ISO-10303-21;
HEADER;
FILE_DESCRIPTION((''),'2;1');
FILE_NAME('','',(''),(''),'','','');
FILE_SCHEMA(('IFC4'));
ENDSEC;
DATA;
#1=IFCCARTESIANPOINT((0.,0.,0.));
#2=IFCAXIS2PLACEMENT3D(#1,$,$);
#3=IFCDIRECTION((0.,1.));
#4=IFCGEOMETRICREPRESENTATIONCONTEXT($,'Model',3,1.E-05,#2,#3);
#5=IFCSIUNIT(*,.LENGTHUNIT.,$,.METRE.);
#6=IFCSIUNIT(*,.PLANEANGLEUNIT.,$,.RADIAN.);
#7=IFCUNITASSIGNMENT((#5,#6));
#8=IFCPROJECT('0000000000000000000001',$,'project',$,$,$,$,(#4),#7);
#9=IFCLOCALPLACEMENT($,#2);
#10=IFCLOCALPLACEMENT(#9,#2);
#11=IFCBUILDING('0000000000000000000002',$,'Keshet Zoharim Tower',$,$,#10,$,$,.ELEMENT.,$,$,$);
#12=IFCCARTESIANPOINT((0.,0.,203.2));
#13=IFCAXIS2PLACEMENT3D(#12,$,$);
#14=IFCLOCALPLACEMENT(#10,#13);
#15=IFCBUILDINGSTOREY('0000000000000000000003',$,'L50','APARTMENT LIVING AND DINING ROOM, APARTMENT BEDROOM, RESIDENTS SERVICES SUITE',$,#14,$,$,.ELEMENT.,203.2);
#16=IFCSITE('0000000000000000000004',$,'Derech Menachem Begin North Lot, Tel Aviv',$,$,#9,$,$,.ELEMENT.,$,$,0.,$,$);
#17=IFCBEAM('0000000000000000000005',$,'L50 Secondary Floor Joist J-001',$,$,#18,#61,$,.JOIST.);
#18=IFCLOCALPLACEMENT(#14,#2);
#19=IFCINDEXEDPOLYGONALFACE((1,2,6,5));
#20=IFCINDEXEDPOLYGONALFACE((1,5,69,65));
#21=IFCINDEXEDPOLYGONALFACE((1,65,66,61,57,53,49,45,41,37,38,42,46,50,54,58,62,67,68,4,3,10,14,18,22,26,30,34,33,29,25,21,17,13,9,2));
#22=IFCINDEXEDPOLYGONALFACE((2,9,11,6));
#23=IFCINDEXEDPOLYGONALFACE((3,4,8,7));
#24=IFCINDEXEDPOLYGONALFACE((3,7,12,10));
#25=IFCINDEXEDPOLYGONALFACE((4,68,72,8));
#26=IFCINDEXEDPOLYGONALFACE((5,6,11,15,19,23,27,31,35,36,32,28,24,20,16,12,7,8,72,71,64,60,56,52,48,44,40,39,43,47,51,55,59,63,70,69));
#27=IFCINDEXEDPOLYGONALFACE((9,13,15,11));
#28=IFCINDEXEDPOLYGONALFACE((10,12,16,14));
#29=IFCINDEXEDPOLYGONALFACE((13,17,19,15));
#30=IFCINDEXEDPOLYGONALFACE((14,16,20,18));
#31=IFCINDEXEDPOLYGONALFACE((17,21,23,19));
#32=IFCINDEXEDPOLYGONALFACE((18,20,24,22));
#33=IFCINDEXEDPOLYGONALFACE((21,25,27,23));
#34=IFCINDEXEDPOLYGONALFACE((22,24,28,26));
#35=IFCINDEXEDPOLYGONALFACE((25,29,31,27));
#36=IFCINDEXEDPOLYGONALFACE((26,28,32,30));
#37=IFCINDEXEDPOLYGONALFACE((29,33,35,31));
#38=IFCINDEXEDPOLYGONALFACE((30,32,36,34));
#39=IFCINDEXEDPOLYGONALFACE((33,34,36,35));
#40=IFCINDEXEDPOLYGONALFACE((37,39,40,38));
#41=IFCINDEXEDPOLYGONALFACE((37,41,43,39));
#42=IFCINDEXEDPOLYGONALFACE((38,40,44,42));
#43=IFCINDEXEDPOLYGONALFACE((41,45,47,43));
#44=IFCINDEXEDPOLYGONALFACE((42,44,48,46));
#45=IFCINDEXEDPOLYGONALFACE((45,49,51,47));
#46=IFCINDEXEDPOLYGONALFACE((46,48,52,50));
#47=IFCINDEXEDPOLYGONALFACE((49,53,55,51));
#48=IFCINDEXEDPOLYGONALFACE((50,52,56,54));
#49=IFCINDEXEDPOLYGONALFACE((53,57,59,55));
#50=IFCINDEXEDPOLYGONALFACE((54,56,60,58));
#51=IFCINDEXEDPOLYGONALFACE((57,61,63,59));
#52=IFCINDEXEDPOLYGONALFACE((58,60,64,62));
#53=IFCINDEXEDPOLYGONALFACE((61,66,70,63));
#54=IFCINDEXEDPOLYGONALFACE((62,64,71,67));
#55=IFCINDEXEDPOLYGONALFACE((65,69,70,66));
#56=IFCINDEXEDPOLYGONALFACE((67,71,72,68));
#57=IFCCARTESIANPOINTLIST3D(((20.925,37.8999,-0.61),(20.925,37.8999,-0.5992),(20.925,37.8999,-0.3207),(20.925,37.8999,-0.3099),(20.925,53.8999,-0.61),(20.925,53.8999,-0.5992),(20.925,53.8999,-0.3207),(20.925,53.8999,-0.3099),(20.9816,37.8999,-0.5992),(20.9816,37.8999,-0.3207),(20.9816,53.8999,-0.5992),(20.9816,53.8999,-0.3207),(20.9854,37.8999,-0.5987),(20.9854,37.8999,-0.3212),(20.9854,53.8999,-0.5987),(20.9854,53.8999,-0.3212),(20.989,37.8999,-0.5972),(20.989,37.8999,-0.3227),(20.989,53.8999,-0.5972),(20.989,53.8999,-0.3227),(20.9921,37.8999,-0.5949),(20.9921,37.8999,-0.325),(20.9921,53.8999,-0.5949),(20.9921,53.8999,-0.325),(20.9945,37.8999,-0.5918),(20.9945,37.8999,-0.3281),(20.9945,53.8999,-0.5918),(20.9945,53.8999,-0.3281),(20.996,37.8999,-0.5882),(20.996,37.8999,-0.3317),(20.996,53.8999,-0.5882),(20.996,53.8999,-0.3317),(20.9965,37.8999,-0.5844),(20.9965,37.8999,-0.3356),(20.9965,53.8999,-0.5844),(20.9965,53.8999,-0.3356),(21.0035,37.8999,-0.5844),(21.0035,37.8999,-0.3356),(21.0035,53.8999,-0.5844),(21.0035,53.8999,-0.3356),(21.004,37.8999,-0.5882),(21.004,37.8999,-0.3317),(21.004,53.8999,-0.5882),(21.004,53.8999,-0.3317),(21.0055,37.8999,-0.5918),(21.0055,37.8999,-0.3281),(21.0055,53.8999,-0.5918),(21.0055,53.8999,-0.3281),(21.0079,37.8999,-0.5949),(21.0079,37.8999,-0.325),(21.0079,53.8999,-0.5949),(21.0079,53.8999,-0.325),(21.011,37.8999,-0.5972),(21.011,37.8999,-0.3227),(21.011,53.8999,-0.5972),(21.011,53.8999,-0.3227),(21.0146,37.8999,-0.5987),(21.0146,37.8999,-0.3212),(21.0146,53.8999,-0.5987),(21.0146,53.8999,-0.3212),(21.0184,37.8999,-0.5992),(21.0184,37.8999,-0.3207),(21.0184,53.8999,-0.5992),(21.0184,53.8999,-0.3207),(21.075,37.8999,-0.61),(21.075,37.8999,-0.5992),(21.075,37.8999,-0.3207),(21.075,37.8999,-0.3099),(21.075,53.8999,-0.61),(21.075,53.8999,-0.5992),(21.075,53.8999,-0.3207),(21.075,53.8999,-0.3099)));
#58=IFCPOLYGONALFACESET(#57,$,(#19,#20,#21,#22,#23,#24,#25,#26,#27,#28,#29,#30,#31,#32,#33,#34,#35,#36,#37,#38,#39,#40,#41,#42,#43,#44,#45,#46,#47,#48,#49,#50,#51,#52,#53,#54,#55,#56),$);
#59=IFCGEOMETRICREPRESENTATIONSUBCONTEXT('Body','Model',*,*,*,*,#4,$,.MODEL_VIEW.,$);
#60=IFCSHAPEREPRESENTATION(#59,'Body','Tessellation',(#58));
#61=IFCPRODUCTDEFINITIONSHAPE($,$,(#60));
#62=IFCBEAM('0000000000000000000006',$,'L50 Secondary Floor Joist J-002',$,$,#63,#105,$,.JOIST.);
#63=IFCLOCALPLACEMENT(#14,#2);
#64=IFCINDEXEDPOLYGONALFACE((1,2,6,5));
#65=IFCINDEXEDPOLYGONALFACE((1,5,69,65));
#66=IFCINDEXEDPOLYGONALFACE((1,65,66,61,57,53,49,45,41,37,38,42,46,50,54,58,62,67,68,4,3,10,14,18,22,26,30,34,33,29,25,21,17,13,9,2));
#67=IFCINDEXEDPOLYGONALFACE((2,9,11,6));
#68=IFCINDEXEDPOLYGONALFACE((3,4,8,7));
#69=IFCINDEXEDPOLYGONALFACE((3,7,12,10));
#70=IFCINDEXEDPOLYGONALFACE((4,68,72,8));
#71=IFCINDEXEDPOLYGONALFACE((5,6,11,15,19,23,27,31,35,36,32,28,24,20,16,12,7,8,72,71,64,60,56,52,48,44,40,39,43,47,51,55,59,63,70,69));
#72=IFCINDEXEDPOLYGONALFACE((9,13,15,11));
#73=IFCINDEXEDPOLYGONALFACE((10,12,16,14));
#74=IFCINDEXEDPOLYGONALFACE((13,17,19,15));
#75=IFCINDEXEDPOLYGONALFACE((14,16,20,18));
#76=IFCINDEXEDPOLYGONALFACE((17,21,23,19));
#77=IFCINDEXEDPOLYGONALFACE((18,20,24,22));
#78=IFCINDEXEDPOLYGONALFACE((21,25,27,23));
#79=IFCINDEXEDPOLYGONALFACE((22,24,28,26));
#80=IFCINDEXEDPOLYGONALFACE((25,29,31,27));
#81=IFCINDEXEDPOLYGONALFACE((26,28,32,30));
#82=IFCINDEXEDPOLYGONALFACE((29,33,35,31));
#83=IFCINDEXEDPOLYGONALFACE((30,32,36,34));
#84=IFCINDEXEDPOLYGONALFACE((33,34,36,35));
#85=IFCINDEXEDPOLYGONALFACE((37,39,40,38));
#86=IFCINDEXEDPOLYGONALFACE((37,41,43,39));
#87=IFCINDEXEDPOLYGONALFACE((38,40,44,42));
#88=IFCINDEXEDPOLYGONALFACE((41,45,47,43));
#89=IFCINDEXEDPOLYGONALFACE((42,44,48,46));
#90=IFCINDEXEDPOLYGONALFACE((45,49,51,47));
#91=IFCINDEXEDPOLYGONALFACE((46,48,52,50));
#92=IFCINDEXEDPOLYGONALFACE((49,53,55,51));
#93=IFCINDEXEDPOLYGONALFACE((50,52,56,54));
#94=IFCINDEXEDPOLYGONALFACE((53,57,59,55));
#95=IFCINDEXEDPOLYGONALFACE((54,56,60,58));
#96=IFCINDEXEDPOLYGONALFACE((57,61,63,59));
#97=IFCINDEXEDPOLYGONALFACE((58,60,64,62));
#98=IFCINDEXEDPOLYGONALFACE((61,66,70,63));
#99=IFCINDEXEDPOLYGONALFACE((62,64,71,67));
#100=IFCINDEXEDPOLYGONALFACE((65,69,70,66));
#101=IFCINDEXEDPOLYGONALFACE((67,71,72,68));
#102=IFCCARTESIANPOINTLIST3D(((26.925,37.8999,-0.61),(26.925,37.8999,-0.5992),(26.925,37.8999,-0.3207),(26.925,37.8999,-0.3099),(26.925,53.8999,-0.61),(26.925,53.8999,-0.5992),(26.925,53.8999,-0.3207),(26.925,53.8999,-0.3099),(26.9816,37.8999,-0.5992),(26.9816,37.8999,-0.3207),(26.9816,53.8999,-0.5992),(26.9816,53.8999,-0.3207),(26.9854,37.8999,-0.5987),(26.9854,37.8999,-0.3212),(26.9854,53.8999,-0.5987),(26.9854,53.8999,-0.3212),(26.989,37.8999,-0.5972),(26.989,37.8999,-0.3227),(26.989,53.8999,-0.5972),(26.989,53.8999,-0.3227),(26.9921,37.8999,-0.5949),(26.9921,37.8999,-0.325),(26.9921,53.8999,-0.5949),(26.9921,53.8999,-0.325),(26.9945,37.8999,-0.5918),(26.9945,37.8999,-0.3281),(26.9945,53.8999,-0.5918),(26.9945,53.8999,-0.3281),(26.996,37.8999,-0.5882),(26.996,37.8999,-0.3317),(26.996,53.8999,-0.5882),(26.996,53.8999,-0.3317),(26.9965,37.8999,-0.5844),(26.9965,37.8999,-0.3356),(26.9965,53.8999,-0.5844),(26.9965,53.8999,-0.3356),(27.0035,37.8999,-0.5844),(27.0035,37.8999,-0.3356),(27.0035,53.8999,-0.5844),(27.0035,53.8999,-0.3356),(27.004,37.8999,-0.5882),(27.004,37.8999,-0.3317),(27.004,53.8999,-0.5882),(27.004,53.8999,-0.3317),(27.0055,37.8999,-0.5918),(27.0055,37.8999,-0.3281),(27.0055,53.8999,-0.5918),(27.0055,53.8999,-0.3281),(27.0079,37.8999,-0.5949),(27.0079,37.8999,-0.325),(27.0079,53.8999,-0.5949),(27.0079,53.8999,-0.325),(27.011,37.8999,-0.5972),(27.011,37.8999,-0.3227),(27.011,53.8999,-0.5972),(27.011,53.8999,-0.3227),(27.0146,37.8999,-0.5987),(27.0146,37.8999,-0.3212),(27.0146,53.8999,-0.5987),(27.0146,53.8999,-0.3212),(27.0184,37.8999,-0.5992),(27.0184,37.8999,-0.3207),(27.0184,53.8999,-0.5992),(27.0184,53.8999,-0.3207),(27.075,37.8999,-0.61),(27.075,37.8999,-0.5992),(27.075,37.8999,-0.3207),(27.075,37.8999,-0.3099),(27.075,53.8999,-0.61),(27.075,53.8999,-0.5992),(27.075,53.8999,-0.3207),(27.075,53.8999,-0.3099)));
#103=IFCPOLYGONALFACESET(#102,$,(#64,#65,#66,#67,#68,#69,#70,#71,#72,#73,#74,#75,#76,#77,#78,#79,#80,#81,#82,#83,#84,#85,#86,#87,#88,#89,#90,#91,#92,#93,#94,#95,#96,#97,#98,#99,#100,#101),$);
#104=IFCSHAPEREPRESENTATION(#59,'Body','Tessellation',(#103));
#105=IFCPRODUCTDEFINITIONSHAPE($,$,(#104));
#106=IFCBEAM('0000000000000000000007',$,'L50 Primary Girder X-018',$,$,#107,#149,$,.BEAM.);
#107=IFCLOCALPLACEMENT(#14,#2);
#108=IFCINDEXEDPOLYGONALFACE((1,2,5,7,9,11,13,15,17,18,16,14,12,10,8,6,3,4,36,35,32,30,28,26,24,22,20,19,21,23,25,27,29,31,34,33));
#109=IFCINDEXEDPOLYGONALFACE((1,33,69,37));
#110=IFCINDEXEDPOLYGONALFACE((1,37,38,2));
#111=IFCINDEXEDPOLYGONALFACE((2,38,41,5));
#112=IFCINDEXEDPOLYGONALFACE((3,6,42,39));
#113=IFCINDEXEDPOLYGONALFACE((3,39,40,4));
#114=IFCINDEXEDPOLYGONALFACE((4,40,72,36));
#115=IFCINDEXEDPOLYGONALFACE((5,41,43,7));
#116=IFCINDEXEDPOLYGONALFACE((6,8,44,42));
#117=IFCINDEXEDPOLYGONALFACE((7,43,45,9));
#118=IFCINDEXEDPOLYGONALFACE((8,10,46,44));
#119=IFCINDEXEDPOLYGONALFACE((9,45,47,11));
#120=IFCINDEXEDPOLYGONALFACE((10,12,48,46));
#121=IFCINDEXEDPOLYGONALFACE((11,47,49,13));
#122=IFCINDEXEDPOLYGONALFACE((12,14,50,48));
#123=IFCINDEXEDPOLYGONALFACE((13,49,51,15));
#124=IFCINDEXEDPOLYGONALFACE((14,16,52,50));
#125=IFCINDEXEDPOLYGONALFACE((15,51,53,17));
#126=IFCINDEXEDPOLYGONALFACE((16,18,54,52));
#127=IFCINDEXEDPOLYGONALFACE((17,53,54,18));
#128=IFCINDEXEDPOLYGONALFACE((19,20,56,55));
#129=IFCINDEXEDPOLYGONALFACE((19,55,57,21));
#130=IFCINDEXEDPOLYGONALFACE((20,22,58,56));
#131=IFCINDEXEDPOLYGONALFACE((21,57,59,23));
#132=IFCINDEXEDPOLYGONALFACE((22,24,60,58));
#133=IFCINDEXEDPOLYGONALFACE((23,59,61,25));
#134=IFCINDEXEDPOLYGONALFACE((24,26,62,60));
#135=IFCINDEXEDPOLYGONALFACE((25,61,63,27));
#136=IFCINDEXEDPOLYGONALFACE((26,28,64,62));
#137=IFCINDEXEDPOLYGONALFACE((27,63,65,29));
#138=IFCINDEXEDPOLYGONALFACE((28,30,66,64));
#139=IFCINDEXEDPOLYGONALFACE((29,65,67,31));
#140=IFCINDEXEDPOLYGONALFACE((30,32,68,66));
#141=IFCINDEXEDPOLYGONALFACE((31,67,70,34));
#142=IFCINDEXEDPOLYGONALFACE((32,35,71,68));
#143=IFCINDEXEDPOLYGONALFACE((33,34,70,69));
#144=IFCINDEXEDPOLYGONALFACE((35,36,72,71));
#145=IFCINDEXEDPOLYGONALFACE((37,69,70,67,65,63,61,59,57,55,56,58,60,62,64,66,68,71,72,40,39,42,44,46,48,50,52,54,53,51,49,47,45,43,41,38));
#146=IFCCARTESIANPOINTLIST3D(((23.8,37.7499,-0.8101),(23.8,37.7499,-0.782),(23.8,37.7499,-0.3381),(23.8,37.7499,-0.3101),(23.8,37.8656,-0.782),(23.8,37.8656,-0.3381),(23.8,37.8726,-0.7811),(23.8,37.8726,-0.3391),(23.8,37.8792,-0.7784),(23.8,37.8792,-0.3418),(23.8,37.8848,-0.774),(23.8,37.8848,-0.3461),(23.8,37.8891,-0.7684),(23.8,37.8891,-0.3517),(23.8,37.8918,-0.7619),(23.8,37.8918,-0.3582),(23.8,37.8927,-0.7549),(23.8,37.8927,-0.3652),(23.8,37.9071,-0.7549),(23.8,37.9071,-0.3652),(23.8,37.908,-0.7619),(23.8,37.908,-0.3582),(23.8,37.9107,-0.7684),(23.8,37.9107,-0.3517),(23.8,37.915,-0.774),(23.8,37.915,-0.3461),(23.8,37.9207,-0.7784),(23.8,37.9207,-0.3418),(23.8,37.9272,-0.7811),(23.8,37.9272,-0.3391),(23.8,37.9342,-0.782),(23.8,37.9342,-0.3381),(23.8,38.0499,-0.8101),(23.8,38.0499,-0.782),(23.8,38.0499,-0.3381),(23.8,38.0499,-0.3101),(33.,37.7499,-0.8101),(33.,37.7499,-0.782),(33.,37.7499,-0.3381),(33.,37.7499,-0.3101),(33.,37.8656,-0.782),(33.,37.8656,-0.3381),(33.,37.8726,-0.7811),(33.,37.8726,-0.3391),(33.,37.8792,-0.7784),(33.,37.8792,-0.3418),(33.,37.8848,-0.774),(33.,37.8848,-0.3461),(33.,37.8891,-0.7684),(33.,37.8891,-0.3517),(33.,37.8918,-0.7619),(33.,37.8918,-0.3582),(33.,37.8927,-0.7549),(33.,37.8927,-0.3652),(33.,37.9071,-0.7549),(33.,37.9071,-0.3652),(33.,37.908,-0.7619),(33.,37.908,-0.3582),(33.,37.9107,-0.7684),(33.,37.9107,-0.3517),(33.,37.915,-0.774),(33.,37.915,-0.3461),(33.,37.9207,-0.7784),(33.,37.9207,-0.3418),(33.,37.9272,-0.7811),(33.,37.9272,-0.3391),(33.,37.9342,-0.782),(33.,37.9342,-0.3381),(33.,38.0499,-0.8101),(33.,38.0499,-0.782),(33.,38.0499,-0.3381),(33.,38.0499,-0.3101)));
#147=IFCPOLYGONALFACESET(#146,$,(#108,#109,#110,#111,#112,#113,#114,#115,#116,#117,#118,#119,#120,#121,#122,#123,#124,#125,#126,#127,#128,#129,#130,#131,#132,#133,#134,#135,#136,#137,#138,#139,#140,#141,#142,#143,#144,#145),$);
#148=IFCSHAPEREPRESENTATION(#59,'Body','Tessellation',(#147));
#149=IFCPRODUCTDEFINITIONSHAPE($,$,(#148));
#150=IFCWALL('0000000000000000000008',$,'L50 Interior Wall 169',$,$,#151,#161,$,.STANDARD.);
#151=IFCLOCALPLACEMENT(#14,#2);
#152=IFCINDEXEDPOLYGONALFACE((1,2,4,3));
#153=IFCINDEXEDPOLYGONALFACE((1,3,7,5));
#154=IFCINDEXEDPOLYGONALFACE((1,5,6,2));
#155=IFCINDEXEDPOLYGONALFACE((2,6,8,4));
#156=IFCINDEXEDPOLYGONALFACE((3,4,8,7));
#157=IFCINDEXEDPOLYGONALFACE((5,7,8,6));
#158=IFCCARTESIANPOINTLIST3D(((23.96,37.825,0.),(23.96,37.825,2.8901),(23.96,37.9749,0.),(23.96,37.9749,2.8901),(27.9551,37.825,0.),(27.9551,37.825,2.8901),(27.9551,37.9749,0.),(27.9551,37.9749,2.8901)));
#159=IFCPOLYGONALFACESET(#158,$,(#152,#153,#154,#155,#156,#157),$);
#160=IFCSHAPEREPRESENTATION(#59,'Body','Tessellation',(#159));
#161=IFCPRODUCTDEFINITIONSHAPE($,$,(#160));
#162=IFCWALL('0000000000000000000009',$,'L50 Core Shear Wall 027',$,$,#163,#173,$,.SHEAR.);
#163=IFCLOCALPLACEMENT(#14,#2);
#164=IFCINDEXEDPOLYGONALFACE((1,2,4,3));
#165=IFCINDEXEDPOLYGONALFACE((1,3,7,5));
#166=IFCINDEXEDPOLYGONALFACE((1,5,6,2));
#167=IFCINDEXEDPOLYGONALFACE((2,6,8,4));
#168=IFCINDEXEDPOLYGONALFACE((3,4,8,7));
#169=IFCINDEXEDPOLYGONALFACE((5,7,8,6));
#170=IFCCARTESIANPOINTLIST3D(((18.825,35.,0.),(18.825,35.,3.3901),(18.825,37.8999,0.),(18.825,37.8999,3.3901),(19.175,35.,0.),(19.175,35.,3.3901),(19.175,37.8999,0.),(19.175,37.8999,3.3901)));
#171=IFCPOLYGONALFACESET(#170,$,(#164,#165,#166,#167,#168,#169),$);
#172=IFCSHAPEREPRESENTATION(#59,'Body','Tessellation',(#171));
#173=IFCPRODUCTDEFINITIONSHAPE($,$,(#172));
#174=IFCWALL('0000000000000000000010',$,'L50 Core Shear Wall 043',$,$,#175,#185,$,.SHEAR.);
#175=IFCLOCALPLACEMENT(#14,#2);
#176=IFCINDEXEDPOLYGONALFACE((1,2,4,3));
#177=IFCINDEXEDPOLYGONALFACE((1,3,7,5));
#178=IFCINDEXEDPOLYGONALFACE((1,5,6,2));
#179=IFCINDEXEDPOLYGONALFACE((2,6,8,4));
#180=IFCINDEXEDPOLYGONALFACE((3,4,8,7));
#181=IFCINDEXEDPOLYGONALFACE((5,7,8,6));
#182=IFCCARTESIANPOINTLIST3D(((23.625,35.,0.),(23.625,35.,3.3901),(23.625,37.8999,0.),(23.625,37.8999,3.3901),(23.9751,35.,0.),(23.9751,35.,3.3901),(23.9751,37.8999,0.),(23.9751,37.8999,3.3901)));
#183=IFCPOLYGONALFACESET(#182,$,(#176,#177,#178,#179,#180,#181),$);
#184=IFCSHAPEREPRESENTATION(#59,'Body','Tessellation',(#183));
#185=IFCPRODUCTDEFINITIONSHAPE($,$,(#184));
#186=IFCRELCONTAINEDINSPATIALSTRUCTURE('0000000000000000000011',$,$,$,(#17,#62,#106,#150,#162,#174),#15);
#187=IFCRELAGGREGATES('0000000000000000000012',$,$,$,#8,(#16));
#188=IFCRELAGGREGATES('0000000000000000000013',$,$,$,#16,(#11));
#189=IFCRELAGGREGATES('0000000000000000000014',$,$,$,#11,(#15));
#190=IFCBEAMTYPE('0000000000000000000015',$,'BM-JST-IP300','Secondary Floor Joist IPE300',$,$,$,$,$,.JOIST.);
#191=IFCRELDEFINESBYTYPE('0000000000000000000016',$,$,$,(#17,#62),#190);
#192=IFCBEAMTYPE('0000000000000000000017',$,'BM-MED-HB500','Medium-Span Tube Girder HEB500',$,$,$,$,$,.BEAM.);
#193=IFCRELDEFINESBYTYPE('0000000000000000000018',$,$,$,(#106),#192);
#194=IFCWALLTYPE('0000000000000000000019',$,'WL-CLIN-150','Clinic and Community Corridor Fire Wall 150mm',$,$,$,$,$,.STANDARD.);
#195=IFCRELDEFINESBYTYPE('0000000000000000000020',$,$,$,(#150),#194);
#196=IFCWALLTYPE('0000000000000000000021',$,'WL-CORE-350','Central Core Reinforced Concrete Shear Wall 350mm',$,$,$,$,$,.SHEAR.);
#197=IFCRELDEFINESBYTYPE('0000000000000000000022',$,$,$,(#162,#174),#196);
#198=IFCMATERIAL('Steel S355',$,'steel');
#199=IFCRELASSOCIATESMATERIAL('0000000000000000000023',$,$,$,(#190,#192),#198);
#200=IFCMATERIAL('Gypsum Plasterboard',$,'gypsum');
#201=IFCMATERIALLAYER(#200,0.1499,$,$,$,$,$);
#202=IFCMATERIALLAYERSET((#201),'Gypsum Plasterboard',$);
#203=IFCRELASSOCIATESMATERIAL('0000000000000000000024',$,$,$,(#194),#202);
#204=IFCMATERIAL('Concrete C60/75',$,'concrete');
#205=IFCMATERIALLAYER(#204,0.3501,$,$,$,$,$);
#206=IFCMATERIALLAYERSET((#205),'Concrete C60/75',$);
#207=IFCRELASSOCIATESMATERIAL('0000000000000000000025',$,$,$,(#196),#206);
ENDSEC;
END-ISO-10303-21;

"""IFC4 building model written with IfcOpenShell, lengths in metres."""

from ifc_helpers import new_model, si_unit, direction, frame, frame_2d, origin, origin_2d, place, context, subcontext, project, spatial, rectangle, i_section, extrude, material, layer, layer_set, material_profile, profile_set, type_object, element, save


model = new_model("IFC4")

# Units and contexts
model_context = context("Model", 3, precision=1e-05, world=origin(), true_north=direction((0.0, 1.0)))
body_context = subcontext(model_context, "Body", "Model", "MODEL_VIEW")
ifc_project = project(units=[si_unit("LENGTHUNIT", "METRE"), si_unit("PLANEANGLEUNIT", "RADIAN")], contexts=[model_context])

# Site, building, storey
site_placement = place(None, origin())
site = spatial("IfcSite", under=ifc_project, at=site_placement, Name="Derech Menachem Begin North Lot, Tel Aviv", CompositionType="ELEMENT", RefElevation=0.0)
building_placement = place(site_placement, origin())
building = spatial("IfcBuilding", under=site, at=building_placement, Name="Keshet Zoharim Tower", CompositionType="ELEMENT")
storey_placement = place(building_placement, frame((0.0, 0.0, 203.2)))
storey = spatial("IfcBuildingStorey", under=building, at=storey_placement, Name="L50", Description="APARTMENT LIVING AND DINING ROOM, APARTMENT BEDROOM, RESIDENTS SERVICES SUITE", CompositionType="ELEMENT", Elevation=203.2)

# Beams
ifc_material_1 = material(Name="Steel S355", Category="steel")
ifc_material_profile_1 = material_profile(ifc_material_1, i_section(OverallWidth=0.1499, OverallDepth=0.3, WebThickness=0.0071, FlangeThickness=0.0107, FilletRadius=0.0149, at=origin_2d()), Name="IPE300")
ifc_profile_set_1 = profile_set([ifc_material_profile_1], Name="Steel S355")
beam_type_1 = type_object("IfcBeamType", Name="BM-JST-IP300", Description="Secondary Floor Joist IPE300", PredefinedType="JOIST", material=ifc_profile_set_1)
for number, where, z_axis, x_axis, name in (
    (1, (21.0, 37.8999, -0.46), (0.0, 1.0, 0.0), (-1.0, 0.0, 0.0), "L50 Secondary Floor Joist J-001"),
    (2, (27.0, 37.8999, -0.46), (0.0, 1.0, 0.0), (-1.0, 0.0, 0.0), "L50 Secondary Floor Joist J-002"),
):
    element("IfcBeam", number, at=place(storey_placement, frame(where, z_axis=z_axis, x_axis=x_axis)), inside=storey, type_object=beam_type_1, Name=name, PredefinedType="JOIST", context=body_context, shape_type="SweptSolid", body=[
        extrude(i_section(OverallWidth=0.1499, OverallDepth=0.3, WebThickness=0.0071, FlangeThickness=0.0107, FilletRadius=0.0149, at=origin_2d()), origin(), (0.0, 0.0, 1.0), 16.0),
    ])
ifc_material_profile_2 = material_profile(ifc_material_1, i_section(OverallWidth=0.3, OverallDepth=0.5, WebThickness=0.0144, FlangeThickness=0.0281, FilletRadius=0.0271, at=origin_2d()), Name="HEB500")
ifc_profile_set_2 = profile_set([ifc_material_profile_2], Name="Steel S355")
beam_type_2 = type_object("IfcBeamType", Name="BM-MED-HB500", Description="Medium-Span Tube Girder HEB500", PredefinedType="BEAM", material=ifc_profile_set_2)
beam_placement = place(storey_placement, frame((23.8, 37.8999, -0.5601), z_axis=(1.0, 0.0, 0.0), x_axis=(0.0, 1.0, 0.0)))
element("IfcBeam", 3, at=beam_placement, inside=storey, type_object=beam_type_2, Name="L50 Primary Girder X-018", PredefinedType="BEAM", context=body_context, shape_type="SweptSolid", body=[
    extrude(i_section(OverallWidth=0.3, OverallDepth=0.5, WebThickness=0.0144, FlangeThickness=0.0281, FilletRadius=0.0271, at=origin_2d()), origin(), (0.0, 0.0, 1.0), 9.2),
])

# Walls
ifc_material_2 = material(Name="Gypsum Plasterboard", Category="gypsum")
ifc_layer_1 = layer(ifc_material_2, 0.1499)
ifc_layer_set_1 = layer_set([ifc_layer_1], Name="Gypsum Plasterboard")
wall_type_1 = type_object("IfcWallType", Name="WL-CLIN-150", Description="Clinic and Community Corridor Fire Wall 150mm", PredefinedType="STANDARD", material=ifc_layer_set_1)
wall_1_placement = place(storey_placement, frame((23.96, 37.8999, 0.0), z_axis=(0.0, 0.0, 1.0), x_axis=(1.0, 0.0, 0.0)))
element("IfcWall", 4, at=wall_1_placement, inside=storey, type_object=wall_type_1, Name="L50 Interior Wall 169", PredefinedType="STANDARD", context=body_context, shape_type="SweptSolid", body=[
    extrude(rectangle(XDim=3.9951, YDim=0.1499, at=frame_2d((1.9976, 0.0))), origin(), (0.0, 0.0, 1.0), 2.8901),
])
ifc_material_3 = material(Name="Concrete C60/75", Category="concrete")
ifc_layer_2 = layer(ifc_material_3, 0.3501)
ifc_layer_set_2 = layer_set([ifc_layer_2], Name="Concrete C60/75")
wall_type_2 = type_object("IfcWallType", Name="WL-CORE-350", Description="Central Core Reinforced Concrete Shear Wall 350mm", PredefinedType="SHEAR", material=ifc_layer_set_2)
for number, where, z_axis, x_axis, name in (
    (5, (19.0, 35.0, 0.0), (0.0, 0.0, 1.0), (0.0, 1.0, 0.0), "L50 Core Shear Wall 027"),
    (6, (23.8, 35.0, 0.0), (0.0, 0.0, 1.0), (0.0, 1.0, 0.0), "L50 Core Shear Wall 043"),
):
    element("IfcWall", number, at=place(storey_placement, frame(where, z_axis=z_axis, x_axis=x_axis)), inside=storey, type_object=wall_type_2, Name=name, PredefinedType="SHEAR", context=body_context, shape_type="SweptSolid", body=[
        extrude(rectangle(XDim=2.8999, YDim=0.3501, at=frame_2d((1.45, 0.0))), origin(), (0.0, 0.0, 1.0), 3.3901),
    ])

save(model, "model.ifc")
